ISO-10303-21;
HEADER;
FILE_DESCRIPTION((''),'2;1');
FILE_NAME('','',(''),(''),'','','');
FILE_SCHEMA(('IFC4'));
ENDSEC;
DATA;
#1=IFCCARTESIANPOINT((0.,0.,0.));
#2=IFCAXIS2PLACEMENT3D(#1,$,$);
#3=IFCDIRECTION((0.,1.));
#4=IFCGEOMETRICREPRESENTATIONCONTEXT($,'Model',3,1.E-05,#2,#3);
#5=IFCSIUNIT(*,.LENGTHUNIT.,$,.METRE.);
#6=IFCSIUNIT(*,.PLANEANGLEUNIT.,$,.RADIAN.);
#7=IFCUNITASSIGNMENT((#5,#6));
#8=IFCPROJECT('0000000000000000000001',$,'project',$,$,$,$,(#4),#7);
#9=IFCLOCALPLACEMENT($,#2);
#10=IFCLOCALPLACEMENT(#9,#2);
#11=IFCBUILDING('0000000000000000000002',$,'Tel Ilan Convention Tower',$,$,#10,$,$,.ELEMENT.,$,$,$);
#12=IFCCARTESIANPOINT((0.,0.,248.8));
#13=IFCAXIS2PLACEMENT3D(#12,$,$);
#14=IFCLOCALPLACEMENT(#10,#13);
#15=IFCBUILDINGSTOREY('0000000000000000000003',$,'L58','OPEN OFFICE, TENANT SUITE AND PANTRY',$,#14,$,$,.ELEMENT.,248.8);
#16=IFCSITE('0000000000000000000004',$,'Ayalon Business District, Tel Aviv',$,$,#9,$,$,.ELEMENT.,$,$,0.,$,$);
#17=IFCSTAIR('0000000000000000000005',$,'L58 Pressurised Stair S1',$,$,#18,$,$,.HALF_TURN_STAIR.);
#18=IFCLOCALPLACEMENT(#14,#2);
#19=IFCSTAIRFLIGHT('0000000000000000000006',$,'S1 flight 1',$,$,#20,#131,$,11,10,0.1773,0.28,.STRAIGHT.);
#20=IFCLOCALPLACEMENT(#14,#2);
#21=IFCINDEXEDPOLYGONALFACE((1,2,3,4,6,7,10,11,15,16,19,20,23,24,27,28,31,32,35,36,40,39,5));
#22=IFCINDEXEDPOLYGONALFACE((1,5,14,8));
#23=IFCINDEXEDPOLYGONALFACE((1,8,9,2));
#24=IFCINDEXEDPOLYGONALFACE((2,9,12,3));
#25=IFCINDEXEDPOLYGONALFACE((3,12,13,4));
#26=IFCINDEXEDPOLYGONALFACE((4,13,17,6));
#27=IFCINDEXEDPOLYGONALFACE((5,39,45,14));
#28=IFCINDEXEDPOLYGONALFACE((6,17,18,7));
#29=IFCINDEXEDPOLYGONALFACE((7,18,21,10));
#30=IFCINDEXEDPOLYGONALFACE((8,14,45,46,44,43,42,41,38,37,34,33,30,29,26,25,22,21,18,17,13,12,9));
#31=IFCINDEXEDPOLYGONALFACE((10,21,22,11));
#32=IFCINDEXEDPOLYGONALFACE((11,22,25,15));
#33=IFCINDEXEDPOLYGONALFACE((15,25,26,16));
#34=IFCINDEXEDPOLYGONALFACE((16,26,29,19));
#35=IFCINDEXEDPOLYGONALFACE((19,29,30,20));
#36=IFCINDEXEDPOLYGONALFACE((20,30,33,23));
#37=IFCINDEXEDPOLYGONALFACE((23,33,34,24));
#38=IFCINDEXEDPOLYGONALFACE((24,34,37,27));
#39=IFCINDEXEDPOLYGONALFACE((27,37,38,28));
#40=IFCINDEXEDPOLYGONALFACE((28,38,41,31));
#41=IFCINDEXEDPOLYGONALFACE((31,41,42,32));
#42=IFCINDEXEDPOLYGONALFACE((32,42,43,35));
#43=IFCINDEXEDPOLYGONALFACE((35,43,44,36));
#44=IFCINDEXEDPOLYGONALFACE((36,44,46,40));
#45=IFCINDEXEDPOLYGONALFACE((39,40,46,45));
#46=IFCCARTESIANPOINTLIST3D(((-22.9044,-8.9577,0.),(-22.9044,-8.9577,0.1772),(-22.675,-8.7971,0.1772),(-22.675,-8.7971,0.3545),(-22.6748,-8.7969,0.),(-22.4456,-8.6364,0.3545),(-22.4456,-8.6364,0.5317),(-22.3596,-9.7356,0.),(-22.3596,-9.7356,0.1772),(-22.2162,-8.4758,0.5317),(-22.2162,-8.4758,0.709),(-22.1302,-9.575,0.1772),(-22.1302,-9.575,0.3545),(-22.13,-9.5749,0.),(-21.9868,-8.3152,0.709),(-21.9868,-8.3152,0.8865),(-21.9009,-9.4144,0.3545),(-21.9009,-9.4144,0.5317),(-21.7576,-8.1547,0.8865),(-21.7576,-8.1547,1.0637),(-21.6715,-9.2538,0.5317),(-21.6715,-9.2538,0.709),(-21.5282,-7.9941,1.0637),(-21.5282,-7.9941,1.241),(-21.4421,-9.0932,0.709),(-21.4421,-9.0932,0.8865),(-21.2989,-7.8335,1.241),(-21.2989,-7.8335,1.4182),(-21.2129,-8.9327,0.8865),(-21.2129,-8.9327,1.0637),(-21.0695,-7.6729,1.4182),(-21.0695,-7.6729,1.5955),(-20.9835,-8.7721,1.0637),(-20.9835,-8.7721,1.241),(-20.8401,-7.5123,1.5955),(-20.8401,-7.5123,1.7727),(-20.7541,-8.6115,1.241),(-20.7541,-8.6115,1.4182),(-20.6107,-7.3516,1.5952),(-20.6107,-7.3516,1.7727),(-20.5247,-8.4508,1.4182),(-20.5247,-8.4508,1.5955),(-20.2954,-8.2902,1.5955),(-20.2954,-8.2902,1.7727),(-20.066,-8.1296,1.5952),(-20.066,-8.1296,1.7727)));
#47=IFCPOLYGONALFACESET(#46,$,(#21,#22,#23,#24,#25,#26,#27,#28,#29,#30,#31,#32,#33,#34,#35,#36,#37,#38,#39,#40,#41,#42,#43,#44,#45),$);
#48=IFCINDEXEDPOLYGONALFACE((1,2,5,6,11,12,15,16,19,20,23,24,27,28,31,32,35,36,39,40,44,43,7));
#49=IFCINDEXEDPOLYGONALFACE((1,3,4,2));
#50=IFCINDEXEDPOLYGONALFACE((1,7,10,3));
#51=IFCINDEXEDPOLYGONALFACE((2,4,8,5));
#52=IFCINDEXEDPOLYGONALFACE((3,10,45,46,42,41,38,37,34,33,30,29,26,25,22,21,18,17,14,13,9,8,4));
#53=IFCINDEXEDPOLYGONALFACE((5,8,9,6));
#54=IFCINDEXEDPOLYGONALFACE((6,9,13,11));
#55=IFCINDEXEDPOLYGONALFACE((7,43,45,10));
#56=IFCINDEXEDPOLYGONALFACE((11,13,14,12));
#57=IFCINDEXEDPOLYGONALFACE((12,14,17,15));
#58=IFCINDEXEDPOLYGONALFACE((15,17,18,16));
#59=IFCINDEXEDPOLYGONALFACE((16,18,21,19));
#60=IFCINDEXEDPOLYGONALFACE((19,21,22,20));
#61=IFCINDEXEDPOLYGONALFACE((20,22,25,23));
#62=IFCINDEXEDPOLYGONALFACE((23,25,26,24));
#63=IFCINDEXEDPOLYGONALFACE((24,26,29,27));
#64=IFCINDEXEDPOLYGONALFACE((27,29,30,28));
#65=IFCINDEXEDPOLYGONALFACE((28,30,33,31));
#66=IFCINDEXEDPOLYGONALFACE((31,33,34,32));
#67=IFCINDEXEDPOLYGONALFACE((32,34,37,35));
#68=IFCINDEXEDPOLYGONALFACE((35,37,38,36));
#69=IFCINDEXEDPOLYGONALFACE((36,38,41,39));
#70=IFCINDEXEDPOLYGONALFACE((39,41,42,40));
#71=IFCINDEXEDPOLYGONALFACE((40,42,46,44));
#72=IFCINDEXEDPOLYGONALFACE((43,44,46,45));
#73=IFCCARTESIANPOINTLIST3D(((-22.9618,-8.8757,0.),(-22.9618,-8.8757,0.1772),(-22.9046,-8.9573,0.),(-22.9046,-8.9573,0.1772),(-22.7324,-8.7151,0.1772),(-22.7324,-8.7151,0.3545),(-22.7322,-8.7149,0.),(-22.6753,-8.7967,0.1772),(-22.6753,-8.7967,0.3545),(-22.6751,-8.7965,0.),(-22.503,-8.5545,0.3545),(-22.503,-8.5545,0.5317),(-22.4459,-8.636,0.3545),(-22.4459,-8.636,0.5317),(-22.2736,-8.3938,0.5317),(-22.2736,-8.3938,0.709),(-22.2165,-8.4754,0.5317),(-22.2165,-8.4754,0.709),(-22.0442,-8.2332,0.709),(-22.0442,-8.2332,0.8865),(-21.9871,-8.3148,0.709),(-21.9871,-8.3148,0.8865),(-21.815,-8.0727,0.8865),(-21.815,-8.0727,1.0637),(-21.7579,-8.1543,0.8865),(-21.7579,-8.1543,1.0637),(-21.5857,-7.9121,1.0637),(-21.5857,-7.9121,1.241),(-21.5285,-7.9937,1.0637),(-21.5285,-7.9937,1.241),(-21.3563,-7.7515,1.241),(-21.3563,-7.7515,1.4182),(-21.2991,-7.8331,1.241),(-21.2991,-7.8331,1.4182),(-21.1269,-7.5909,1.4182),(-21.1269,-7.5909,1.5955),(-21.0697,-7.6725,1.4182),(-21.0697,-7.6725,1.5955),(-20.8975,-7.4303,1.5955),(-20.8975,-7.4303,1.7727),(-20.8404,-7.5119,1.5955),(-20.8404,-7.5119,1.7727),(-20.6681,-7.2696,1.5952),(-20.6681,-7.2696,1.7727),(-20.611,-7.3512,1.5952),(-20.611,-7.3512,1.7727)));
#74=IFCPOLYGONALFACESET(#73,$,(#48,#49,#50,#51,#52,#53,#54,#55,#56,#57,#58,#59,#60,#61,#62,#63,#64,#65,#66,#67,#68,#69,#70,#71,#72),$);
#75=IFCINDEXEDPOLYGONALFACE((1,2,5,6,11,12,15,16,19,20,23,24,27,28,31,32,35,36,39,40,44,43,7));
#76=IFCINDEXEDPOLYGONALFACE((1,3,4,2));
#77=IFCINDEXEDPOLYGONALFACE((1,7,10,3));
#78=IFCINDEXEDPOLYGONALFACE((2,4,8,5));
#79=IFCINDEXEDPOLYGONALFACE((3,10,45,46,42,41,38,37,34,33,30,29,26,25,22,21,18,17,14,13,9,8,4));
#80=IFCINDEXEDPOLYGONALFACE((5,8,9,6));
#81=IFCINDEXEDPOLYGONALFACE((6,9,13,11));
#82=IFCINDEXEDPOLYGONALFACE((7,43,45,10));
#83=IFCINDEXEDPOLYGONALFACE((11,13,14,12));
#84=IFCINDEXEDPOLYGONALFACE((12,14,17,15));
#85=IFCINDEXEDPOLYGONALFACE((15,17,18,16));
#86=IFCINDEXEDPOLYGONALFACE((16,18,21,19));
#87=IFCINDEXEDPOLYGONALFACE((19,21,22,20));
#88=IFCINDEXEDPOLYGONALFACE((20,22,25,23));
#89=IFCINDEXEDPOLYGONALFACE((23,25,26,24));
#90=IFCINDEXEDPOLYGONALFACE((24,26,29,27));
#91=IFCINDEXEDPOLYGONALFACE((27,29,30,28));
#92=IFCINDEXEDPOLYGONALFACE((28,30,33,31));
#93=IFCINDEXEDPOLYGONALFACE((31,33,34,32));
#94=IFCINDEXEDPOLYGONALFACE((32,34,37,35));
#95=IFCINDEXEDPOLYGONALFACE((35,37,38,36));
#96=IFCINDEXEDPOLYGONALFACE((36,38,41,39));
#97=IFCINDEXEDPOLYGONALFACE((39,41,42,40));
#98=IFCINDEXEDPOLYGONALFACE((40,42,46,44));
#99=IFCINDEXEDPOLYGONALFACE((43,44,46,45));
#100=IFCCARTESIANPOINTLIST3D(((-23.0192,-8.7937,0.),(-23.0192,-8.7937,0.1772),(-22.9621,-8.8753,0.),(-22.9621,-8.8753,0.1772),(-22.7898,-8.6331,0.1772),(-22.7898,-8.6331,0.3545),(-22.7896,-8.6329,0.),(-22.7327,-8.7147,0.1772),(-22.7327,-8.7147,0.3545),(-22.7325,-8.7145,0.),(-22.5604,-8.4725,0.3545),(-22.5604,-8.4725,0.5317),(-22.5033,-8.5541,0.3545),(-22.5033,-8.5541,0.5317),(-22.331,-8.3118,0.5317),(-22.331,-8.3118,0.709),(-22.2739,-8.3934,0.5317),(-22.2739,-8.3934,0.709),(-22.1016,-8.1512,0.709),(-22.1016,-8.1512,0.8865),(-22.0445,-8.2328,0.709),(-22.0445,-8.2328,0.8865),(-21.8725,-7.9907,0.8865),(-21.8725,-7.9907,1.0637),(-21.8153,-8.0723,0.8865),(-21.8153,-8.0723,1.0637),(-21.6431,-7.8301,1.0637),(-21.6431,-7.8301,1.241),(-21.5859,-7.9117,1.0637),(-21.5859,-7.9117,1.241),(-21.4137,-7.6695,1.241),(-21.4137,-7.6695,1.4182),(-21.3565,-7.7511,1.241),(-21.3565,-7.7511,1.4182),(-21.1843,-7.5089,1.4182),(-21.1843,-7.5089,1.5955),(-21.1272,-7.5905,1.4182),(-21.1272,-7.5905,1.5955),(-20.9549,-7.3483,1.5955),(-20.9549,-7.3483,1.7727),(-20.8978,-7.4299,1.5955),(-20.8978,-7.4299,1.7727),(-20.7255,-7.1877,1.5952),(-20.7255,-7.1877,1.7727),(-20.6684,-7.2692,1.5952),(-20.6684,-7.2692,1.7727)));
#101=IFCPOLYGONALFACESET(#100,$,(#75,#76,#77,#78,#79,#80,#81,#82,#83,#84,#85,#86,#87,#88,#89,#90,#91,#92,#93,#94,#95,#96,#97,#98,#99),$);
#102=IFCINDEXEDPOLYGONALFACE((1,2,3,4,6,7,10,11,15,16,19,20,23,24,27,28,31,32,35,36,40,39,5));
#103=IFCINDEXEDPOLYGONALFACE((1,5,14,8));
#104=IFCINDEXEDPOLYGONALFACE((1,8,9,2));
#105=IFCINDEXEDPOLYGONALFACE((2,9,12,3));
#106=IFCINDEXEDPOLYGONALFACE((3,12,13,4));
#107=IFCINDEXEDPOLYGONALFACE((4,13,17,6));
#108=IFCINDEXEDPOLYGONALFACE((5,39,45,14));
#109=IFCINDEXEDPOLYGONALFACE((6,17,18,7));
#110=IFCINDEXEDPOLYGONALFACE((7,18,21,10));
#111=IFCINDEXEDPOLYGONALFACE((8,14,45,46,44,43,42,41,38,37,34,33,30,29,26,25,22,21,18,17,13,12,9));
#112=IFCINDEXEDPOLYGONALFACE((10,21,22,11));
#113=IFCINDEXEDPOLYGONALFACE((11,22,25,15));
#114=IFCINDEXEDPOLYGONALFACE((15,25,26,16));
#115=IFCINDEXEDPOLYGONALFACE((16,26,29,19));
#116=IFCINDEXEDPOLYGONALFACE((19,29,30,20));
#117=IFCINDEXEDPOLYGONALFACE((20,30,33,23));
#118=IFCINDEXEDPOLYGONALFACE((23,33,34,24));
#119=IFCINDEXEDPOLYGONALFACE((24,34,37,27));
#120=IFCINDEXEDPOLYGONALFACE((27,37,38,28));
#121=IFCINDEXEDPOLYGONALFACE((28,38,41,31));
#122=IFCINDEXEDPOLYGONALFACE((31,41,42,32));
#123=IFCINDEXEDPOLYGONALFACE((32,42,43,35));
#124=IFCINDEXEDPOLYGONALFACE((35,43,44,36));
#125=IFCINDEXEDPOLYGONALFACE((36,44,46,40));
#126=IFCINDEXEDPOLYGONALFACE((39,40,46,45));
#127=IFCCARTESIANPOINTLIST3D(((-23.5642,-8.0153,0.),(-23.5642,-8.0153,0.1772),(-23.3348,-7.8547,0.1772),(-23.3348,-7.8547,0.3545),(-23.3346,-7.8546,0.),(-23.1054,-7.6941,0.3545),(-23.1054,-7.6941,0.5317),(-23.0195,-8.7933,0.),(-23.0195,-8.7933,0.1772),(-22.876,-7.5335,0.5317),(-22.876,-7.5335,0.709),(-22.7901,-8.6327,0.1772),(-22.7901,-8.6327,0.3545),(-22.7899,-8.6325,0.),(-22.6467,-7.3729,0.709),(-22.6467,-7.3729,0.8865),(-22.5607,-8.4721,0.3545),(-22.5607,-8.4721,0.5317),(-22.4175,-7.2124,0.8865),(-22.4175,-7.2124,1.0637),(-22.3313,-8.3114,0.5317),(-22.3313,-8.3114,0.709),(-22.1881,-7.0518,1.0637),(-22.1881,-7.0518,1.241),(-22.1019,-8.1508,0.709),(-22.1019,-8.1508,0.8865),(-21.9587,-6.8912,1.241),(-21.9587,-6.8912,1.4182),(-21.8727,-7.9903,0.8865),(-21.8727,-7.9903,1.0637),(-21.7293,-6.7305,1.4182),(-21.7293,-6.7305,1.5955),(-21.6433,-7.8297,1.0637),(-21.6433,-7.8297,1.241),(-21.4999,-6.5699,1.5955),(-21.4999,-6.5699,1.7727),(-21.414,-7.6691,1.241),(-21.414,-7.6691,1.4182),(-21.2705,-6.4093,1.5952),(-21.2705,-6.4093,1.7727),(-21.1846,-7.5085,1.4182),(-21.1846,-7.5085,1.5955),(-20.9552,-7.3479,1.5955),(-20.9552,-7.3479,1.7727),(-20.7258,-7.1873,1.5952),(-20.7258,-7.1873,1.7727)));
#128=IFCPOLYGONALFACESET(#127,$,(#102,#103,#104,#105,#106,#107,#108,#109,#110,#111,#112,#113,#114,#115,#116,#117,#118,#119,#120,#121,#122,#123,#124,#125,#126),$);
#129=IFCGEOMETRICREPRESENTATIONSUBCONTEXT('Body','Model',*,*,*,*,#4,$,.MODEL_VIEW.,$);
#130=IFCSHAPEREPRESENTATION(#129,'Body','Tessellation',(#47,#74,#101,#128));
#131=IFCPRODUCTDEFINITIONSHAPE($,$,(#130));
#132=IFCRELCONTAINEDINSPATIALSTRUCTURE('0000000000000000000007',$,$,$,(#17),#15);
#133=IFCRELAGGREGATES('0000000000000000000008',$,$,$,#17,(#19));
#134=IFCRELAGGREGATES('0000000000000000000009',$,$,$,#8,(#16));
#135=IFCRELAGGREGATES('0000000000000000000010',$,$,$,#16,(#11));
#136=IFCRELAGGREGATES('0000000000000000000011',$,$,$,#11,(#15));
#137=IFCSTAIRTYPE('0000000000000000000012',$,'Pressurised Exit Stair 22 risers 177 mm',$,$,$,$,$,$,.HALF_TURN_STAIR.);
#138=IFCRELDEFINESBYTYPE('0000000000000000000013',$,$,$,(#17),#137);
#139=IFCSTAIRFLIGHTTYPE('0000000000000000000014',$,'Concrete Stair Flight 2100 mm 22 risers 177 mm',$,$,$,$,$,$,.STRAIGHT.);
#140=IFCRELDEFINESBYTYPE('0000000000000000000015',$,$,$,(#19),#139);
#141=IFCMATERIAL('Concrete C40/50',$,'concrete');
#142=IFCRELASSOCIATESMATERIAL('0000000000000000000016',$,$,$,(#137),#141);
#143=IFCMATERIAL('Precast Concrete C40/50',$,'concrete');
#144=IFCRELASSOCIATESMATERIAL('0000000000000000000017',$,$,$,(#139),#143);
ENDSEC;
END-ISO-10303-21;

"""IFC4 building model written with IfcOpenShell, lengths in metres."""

from ifc_helpers import new_model, si_unit, direction, frame, origin, place, context, subcontext, project, spatial, polyline, outline, extrude, material, type_object, element, aggregate, save


model = new_model("IFC4")

# Units and contexts
model_context = context("Model", 3, precision=1e-05, world=origin(), true_north=direction((0.0, 1.0)))
body_context = subcontext(model_context, "Body", "Model", "MODEL_VIEW")
ifc_project = project(units=[si_unit("LENGTHUNIT", "METRE"), si_unit("PLANEANGLEUNIT", "RADIAN")], contexts=[model_context])

# Site, building, storey
site_placement = place(None, origin())
site = spatial("IfcSite", under=ifc_project, at=site_placement, Name="Ayalon Business District, Tel Aviv", CompositionType="ELEMENT", RefElevation=0.0)
building_placement = place(site_placement, origin())
building = spatial("IfcBuilding", under=site, at=building_placement, Name="Tel Ilan Convention Tower", CompositionType="ELEMENT")
storey_placement = place(building_placement, frame((0.0, 0.0, 248.8)))
storey = spatial("IfcBuildingStorey", under=building, at=storey_placement, Name="L58", Description="OPEN OFFICE, TENANT SUITE AND PANTRY", CompositionType="ELEMENT", Elevation=248.8)

# Stair, stair flight
ifc_material_1 = material(Name="Concrete C40/50", Category="concrete")
stair_type = type_object("IfcStairType", Name="Pressurised Exit Stair 22 risers 177 mm", PredefinedType="HALF_TURN_STAIR", material=ifc_material_1)
stair_1_placement = place(storey_placement, origin())
stair_1 = element("IfcStair", 1, at=stair_1_placement, inside=storey, type_object=stair_type, Name="L58 Pressurised Stair S1", PredefinedType="HALF_TURN_STAIR")
ifc_material_2 = material(Name="Precast Concrete C40/50", Category="concrete")
stair_flight_type = type_object("IfcStairFlightType", Name="Concrete Stair Flight 2100 mm 22 risers 177 mm", PredefinedType="STRAIGHT", material=ifc_material_2)
stair_flight_1_placement = place(storey_placement, frame((-22.9619, -8.8755, 0.0), z_axis=(0.0, 0.0, 1.0), x_axis=(0.819152, 0.573576, 0.0)))
stair_flight_1 = element("IfcStairFlight", 2, at=stair_flight_1_placement, type_object=stair_flight_type, Name="S1 flight 1", NumberOfRisers=11, NumberOfTreads=10, PredefinedType="STRAIGHT", RiserHeight=0.1773, TreadLength=0.28, context=body_context, shape_type="SweptSolid", body=[
    extrude(outline(polyline([(0.0, 0.0), (0.0, 0.1772), (0.28, 0.1772), (0.28, 0.3545), (0.5601, 0.3545), (0.5601, 0.5317), (0.8401, 0.5317), (0.8401, 0.709), (1.1201, 0.709), (1.1201, 0.8865), (1.3999, 0.8865), (1.3999, 1.0637), (1.6799, 1.0637), (1.6799, 1.241), (1.96, 1.241), (1.96, 1.4182), (2.24, 1.4182), (2.24, 1.5955), (2.52, 1.5955), (2.52, 1.7727), (2.8, 1.7727), (2.8, 1.95), (2.8, 1.5952), (0.2803, 0.0), (0.0, 0.0)])), frame((0.0, -0.1003, 0.0), z_axis=(0.0, -1.0, 0.0), x_axis=(1.0, 0.0, 0.0)), (0.0, 0.0, 1.0), 0.9497),
    extrude(outline(polyline([(0.0, 0.0), (0.0, 0.1772), (0.28, 0.1772), (0.28, 0.3545), (0.5601, 0.3545), (0.5601, 0.5317), (0.8401, 0.5317), (0.8401, 0.709), (1.1201, 0.709), (1.1201, 0.8865), (1.3999, 0.8865), (1.3999, 1.0637), (1.6799, 1.0637), (1.6799, 1.241), (1.96, 1.241), (1.96, 1.4182), (2.24, 1.4182), (2.24, 1.5955), (2.52, 1.5955), (2.52, 1.7727), (2.8, 1.7727), (2.8, 1.95), (2.8, 1.5952), (0.2803, 0.0), (0.0, 0.0)])), frame((0.0, -0.0002, 0.0), z_axis=(0.0, -1.0, 0.0), x_axis=(1.0, 0.0, 0.0)), (0.0, 0.0, 1.0), 0.0996),
    extrude(outline(polyline([(0.0, 0.0), (0.0, 0.1772), (0.28, 0.1772), (0.28, 0.3545), (0.5601, 0.3545), (0.5601, 0.5317), (0.8401, 0.5317), (0.8401, 0.709), (1.1201, 0.709), (1.1201, 0.8865), (1.3999, 0.8865), (1.3999, 1.0637), (1.6799, 1.0637), (1.6799, 1.241), (1.96, 1.241), (1.96, 1.4182), (2.24, 1.4182), (2.24, 1.5955), (2.52, 1.5955), (2.52, 1.7727), (2.8, 1.7727), (2.8, 1.95), (2.8, 1.5952), (0.2803, 0.0), (0.0, 0.0)])), frame((0.0, 0.0999, 0.0), z_axis=(0.0, -1.0, 0.0), x_axis=(1.0, 0.0, 0.0)), (0.0, 0.0, 1.0), 0.0996),
    extrude(outline(polyline([(0.0, 0.0), (0.0, 0.1772), (0.28, 0.1772), (0.28, 0.3545), (0.5601, 0.3545), (0.5601, 0.5317), (0.8401, 0.5317), (0.8401, 0.709), (1.1201, 0.709), (1.1201, 0.8865), (1.3999, 0.8865), (1.3999, 1.0637), (1.6799, 1.0637), (1.6799, 1.241), (1.96, 1.241), (1.96, 1.4182), (2.24, 1.4182), (2.24, 1.5955), (2.52, 1.5955), (2.52, 1.7727), (2.8, 1.7727), (2.8, 1.95), (2.8, 1.5952), (0.2803, 0.0), (0.0, 0.0)])), frame((0.0, 1.05, 0.0), z_axis=(0.0, -1.0, 0.0), x_axis=(1.0, 0.0, 0.0)), (0.0, 0.0, 1.0), 0.9497),
])
aggregate(stair_1, [stair_flight_1])

save(model, "model.ifc")
